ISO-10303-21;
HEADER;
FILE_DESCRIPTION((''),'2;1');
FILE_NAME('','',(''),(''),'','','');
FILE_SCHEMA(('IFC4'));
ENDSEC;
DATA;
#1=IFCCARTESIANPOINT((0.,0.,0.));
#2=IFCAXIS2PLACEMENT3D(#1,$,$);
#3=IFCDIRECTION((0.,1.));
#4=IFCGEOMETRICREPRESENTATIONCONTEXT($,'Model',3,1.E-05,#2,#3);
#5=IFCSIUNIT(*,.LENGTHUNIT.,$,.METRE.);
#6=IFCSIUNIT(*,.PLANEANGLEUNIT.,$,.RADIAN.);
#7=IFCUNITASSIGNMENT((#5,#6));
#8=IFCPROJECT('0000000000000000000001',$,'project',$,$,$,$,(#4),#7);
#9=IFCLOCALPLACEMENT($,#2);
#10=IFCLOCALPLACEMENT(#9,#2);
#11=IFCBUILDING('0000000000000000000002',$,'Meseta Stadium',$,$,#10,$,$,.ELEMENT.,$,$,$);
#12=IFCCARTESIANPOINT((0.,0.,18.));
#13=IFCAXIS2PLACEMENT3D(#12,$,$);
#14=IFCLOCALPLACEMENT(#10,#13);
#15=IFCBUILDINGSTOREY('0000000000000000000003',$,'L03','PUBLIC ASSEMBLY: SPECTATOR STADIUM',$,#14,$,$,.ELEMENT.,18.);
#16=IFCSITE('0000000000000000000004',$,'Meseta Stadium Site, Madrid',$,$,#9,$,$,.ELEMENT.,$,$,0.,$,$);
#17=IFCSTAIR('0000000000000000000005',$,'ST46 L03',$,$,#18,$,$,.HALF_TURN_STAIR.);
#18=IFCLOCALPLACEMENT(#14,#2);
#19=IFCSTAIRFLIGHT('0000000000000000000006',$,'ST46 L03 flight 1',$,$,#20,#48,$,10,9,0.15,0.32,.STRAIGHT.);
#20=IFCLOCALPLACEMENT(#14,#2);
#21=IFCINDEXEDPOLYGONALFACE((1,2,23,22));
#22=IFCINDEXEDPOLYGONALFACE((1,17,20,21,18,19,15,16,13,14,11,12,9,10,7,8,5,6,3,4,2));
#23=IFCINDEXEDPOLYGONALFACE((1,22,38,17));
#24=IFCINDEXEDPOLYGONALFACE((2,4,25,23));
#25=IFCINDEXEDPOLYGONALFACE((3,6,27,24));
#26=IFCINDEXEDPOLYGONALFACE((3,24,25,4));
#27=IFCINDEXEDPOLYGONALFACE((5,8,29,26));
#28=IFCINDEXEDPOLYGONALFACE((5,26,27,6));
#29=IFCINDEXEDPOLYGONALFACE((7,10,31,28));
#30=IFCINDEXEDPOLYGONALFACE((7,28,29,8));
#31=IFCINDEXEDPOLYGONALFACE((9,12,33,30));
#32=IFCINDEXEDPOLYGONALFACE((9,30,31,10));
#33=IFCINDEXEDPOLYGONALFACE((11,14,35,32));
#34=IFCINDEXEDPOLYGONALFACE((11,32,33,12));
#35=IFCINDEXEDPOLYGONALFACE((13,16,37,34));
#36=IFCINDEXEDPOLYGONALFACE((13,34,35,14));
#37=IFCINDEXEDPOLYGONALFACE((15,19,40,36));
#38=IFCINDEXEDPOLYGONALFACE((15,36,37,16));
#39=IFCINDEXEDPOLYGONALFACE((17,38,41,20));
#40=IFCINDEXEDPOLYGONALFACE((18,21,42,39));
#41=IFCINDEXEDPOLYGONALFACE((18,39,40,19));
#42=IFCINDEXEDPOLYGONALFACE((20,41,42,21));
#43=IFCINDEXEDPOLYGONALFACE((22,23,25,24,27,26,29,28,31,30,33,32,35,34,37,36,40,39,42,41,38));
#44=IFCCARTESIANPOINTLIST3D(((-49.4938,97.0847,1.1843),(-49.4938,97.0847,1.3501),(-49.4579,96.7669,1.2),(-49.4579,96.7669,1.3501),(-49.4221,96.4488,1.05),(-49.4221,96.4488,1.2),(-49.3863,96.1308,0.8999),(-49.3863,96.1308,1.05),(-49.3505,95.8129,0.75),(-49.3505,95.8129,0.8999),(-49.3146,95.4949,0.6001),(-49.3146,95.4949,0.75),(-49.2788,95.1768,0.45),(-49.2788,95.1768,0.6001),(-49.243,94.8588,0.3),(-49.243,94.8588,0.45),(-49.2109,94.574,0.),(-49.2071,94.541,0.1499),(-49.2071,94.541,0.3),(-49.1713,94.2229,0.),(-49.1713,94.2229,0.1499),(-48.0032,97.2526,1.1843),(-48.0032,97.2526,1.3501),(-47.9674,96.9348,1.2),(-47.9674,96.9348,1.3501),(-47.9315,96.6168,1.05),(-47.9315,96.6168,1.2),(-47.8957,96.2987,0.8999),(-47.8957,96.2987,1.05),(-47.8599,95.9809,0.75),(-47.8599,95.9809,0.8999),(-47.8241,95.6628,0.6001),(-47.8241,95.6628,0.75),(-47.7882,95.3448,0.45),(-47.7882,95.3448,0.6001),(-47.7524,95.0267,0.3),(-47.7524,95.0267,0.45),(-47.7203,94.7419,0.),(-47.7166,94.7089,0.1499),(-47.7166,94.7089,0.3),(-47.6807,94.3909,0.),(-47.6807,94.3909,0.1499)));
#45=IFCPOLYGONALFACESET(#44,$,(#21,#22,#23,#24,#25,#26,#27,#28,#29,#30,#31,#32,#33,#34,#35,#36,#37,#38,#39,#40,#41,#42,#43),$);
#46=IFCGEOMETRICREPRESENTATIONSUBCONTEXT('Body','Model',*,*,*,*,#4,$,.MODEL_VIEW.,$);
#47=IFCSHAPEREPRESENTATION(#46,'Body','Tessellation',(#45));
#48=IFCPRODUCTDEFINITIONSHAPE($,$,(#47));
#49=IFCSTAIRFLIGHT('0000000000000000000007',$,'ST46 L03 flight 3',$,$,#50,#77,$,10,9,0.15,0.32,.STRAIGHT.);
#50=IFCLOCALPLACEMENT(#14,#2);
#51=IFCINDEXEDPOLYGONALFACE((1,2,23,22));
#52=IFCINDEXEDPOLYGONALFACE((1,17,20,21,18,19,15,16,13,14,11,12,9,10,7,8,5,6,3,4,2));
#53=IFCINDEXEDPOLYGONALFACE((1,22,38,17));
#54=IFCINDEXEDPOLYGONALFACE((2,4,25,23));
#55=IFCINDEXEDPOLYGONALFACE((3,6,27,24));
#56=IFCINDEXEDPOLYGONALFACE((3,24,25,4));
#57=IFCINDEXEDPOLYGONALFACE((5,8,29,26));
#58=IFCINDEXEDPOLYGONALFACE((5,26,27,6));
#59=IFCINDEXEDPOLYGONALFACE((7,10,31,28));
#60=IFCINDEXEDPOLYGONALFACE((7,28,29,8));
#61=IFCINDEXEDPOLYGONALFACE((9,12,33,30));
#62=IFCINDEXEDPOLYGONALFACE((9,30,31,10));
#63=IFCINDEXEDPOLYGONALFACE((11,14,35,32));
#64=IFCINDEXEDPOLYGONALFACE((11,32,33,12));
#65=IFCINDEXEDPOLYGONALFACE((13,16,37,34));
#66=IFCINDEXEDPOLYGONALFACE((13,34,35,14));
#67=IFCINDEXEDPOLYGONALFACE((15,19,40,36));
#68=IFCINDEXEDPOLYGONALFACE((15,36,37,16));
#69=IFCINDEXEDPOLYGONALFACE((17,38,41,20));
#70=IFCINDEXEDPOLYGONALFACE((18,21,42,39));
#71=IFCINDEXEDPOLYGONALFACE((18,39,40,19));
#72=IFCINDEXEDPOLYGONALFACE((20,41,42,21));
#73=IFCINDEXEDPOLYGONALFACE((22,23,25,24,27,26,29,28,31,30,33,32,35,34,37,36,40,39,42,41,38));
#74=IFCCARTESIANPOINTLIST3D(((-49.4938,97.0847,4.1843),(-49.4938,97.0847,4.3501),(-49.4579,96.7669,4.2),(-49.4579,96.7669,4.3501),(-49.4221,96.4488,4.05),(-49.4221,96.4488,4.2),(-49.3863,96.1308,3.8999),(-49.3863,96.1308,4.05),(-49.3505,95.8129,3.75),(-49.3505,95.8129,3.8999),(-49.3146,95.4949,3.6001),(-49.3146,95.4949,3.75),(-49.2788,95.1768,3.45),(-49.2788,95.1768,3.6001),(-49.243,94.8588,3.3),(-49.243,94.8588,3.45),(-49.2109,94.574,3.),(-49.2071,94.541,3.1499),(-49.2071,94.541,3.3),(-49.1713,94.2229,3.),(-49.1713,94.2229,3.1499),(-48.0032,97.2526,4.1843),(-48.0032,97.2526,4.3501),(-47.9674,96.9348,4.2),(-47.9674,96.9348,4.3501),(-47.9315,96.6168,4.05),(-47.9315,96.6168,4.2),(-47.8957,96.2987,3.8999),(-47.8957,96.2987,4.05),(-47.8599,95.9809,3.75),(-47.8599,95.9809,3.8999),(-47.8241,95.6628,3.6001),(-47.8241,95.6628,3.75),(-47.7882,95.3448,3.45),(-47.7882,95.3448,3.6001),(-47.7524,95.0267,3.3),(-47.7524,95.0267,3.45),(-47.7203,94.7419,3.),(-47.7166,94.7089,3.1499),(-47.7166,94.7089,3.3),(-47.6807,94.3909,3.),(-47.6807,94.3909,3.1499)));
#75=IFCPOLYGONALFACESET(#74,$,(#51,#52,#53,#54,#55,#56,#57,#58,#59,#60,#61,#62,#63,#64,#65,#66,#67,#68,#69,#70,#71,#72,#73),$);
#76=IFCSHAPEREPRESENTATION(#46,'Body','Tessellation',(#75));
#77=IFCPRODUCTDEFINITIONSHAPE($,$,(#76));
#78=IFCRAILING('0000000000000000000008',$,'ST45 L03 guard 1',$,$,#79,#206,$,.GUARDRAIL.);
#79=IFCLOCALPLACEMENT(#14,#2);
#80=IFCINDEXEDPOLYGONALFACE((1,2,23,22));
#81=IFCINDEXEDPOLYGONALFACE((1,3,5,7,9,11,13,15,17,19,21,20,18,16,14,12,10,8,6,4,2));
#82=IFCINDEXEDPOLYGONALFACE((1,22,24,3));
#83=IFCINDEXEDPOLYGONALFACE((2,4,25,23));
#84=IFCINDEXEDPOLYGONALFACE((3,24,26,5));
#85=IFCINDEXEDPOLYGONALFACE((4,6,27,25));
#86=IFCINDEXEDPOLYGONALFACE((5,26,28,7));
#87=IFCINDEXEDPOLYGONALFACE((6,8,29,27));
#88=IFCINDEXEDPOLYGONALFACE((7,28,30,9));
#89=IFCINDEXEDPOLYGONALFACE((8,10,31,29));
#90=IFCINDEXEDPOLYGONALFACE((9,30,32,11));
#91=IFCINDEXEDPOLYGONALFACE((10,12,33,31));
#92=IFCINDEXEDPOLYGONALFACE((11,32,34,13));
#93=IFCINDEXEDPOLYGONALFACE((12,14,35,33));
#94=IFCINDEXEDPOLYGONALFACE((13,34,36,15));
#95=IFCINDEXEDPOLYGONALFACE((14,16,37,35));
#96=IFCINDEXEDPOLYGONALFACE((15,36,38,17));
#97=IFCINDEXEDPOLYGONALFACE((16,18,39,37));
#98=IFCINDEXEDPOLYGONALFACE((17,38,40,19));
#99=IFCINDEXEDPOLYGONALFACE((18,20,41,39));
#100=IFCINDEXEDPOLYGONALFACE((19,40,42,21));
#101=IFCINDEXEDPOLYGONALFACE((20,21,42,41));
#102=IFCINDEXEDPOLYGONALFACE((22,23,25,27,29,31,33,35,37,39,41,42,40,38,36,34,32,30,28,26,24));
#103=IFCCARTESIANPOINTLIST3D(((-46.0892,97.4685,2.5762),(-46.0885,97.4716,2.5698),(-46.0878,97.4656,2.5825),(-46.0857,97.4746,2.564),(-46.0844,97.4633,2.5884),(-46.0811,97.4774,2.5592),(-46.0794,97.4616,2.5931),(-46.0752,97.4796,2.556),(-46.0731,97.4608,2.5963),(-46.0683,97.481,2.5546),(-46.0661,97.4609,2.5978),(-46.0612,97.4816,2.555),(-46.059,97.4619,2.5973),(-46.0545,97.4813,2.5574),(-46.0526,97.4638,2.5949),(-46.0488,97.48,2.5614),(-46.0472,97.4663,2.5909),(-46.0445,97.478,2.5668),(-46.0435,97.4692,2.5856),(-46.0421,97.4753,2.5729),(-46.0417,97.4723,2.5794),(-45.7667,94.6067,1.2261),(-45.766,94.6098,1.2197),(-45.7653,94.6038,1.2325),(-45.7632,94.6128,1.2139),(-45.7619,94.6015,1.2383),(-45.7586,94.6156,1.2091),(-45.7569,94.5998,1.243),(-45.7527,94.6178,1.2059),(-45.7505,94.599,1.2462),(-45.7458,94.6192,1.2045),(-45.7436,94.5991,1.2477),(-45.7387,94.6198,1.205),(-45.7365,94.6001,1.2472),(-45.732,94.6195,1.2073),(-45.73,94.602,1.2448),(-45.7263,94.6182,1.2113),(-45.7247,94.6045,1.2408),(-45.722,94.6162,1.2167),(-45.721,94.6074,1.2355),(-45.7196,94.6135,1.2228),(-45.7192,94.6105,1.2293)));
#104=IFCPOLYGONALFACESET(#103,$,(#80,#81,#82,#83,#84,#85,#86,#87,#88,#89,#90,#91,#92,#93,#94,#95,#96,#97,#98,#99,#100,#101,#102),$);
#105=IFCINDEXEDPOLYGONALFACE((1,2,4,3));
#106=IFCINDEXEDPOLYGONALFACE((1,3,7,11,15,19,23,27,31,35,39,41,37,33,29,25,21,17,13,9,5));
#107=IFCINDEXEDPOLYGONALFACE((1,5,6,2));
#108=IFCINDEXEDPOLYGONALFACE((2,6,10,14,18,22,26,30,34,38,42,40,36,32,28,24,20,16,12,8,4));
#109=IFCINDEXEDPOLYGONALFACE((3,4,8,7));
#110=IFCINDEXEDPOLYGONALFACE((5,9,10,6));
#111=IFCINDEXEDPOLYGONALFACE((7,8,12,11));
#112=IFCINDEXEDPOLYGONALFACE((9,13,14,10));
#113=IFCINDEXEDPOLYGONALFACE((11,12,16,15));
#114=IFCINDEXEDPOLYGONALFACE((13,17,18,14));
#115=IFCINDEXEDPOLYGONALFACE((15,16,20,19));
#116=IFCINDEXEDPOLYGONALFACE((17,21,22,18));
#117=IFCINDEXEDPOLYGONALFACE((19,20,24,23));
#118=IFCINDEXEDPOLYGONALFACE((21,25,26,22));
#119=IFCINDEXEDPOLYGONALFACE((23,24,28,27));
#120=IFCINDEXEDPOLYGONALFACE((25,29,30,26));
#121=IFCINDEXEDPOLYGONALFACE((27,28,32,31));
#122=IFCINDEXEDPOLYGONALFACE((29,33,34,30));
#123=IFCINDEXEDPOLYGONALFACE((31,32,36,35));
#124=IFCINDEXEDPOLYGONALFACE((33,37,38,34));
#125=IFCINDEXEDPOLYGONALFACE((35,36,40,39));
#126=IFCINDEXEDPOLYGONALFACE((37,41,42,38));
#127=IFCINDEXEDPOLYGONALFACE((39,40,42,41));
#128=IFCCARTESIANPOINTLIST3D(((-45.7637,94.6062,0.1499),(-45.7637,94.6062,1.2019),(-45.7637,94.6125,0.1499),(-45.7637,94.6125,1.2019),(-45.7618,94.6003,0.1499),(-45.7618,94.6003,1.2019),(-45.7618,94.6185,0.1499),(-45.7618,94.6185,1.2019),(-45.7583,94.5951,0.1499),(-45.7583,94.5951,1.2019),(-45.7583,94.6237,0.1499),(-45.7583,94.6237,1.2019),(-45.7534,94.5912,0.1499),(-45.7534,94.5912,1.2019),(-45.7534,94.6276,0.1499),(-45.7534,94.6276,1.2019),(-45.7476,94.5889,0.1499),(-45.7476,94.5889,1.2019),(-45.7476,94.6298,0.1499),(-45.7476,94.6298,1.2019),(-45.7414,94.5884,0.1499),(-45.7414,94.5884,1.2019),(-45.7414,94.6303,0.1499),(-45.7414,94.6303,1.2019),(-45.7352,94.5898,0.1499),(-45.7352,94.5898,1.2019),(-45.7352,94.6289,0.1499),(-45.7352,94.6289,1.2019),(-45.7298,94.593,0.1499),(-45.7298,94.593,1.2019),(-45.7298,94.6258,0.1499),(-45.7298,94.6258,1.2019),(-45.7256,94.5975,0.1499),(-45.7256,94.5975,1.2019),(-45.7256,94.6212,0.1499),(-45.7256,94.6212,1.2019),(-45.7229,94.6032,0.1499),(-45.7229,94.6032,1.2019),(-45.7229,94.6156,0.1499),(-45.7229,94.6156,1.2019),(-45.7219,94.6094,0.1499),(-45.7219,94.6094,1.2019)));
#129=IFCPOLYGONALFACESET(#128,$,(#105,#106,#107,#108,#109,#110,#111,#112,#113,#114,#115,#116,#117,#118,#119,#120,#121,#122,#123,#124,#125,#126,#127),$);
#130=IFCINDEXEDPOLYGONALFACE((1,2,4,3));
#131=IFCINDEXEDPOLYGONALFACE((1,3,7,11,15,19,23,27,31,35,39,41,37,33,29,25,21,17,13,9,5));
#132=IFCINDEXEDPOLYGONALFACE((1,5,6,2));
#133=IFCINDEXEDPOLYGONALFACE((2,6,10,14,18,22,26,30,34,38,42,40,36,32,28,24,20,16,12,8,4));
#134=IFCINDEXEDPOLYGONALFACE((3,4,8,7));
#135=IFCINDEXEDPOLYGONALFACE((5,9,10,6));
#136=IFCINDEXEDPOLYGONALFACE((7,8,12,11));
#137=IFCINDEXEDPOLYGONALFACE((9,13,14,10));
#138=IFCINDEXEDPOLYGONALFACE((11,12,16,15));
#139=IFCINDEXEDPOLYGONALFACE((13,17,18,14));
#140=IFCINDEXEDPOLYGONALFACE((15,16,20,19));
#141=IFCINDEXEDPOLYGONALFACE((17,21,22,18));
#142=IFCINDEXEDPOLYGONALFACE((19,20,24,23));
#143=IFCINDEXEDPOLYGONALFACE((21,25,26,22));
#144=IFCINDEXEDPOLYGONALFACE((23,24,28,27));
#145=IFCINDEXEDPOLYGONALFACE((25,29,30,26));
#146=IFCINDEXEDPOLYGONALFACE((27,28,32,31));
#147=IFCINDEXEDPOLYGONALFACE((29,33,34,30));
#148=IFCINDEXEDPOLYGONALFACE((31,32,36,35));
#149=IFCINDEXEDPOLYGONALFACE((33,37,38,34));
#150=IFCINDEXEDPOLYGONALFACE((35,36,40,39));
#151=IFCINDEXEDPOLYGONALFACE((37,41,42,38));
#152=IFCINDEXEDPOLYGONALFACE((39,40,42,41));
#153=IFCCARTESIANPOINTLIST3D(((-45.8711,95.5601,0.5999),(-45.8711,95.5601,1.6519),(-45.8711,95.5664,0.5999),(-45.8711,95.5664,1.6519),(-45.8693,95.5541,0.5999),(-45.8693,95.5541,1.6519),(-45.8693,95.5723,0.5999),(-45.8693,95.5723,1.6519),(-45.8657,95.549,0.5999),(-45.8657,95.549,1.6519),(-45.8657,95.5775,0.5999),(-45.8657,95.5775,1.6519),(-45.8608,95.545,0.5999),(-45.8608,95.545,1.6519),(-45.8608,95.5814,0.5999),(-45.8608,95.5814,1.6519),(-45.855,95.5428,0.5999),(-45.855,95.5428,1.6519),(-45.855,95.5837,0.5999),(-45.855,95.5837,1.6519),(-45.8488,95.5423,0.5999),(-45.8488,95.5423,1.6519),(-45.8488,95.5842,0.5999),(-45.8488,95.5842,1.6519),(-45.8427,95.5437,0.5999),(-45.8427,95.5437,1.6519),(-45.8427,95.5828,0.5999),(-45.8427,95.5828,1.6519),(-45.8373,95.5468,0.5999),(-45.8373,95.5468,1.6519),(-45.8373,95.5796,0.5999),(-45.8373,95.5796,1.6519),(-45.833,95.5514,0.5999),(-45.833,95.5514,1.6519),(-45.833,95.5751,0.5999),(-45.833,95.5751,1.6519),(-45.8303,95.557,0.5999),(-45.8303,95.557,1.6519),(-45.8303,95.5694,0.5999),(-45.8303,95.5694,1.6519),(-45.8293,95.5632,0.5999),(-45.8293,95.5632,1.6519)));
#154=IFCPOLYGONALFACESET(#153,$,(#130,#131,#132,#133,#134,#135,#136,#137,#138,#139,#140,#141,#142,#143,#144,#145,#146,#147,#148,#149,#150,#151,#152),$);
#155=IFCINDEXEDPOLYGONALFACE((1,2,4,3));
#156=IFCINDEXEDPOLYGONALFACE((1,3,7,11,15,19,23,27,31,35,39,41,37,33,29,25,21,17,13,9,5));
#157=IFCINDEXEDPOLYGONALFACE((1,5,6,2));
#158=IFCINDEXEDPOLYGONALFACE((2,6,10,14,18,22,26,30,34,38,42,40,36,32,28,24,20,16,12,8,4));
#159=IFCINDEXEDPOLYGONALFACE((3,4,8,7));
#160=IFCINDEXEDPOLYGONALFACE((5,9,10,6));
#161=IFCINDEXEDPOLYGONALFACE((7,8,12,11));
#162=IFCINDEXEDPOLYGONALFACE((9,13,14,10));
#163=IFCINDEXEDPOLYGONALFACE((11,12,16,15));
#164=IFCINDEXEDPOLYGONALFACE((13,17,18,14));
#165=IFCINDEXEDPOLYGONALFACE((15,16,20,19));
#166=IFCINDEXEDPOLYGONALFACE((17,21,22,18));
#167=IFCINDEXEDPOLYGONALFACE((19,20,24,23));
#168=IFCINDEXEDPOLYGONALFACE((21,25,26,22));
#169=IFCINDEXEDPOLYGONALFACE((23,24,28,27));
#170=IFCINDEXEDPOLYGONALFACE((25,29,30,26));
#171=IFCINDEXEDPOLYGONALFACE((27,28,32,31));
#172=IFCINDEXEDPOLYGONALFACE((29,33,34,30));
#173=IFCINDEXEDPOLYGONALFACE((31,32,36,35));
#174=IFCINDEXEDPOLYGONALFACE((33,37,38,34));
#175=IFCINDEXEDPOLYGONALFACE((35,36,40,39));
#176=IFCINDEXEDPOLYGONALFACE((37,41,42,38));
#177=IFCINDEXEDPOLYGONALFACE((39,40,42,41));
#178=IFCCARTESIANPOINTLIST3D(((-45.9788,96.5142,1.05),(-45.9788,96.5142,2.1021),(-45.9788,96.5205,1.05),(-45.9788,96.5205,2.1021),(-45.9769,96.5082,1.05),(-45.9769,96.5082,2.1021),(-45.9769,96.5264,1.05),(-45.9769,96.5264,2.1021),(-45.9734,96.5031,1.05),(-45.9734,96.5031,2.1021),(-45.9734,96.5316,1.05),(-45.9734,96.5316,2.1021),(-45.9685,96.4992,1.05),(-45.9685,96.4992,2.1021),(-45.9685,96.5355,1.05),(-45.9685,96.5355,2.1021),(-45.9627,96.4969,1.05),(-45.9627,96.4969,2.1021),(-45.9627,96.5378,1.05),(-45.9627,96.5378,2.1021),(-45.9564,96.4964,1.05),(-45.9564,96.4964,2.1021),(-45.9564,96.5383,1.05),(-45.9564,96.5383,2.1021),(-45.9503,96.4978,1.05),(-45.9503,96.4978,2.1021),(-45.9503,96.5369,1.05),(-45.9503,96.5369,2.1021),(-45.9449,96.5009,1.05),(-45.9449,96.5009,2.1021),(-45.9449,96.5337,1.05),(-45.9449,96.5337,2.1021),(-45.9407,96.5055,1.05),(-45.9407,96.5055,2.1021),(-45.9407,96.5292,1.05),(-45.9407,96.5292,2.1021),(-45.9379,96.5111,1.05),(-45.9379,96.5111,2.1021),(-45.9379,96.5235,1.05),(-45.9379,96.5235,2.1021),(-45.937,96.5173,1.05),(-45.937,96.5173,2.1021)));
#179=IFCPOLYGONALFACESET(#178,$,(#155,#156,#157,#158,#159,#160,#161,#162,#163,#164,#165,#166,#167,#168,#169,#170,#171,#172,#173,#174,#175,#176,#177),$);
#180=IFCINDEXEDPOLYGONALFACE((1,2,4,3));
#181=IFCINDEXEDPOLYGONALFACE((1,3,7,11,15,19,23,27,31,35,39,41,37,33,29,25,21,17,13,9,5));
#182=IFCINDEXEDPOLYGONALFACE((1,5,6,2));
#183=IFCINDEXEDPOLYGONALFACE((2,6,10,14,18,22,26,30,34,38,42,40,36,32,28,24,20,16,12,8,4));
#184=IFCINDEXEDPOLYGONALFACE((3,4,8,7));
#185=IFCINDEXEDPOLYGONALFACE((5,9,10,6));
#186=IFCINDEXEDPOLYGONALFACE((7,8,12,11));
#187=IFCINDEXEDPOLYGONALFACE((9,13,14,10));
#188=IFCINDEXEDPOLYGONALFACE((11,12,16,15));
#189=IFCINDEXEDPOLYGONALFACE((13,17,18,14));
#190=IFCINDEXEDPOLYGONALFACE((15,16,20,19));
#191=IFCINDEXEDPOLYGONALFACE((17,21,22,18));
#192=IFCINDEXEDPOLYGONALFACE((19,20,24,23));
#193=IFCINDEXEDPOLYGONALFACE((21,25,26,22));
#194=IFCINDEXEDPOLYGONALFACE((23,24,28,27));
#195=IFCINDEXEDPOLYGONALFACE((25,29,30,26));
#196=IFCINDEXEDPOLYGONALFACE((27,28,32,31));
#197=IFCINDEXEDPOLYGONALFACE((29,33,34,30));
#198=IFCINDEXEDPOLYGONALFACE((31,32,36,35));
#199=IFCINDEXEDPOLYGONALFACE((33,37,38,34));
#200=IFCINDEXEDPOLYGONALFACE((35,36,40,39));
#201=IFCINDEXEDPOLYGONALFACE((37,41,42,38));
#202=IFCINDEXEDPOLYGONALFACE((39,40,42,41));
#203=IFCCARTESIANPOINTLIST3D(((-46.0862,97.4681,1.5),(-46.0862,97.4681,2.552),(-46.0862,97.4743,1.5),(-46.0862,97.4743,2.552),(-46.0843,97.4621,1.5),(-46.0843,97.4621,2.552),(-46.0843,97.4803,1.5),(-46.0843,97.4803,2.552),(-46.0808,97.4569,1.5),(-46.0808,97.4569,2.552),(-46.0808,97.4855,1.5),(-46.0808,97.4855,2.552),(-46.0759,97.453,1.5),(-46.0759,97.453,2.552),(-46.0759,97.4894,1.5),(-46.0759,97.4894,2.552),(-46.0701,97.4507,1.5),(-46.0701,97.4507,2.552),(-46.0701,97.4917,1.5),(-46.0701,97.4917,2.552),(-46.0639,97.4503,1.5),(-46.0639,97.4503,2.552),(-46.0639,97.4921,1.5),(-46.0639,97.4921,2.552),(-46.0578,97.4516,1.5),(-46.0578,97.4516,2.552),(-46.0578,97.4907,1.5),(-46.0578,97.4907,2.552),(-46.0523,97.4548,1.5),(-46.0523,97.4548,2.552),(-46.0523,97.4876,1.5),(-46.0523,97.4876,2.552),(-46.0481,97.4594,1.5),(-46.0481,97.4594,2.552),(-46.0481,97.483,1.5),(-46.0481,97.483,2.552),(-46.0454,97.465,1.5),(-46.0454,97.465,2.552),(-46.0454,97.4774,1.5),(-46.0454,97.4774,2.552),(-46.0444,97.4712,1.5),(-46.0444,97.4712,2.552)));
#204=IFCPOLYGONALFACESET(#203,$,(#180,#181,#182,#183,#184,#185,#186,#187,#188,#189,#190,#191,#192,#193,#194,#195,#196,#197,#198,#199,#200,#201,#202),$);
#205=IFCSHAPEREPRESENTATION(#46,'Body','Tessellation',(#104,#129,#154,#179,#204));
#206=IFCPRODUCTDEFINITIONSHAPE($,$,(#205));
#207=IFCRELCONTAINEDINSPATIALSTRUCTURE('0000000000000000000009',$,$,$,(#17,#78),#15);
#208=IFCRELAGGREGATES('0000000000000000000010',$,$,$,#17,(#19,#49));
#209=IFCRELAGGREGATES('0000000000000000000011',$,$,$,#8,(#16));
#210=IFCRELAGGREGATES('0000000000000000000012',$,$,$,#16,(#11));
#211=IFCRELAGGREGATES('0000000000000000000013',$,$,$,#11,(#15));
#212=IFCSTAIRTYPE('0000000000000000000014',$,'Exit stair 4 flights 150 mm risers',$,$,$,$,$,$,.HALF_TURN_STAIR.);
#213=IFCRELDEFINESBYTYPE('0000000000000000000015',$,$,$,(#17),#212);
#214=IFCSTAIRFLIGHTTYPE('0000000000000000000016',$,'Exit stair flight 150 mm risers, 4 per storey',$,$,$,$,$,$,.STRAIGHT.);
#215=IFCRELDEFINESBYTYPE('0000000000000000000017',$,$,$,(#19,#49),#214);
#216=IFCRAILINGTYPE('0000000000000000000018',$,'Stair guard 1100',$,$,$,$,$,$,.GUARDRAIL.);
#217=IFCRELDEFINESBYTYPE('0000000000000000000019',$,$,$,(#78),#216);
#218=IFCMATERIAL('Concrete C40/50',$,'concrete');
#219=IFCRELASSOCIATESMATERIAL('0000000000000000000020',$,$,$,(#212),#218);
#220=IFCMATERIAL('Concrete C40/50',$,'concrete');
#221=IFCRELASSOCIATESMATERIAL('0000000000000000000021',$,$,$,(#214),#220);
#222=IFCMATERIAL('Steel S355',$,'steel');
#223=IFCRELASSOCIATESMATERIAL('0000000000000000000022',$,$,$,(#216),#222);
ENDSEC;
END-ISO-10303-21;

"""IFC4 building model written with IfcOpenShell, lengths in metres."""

from ifc_helpers import new_model, si_unit, direction, frame, origin, origin_2d, place, context, subcontext, project, spatial, polyline, circle, outline, extrude, material, type_object, element, aggregate, save


model = new_model("IFC4")

# Units and contexts
model_context = context("Model", 3, precision=1e-05, world=origin(), true_north=direction((0.0, 1.0)))
body_context = subcontext(model_context, "Body", "Model", "MODEL_VIEW")
ifc_project = project(units=[si_unit("LENGTHUNIT", "METRE"), si_unit("PLANEANGLEUNIT", "RADIAN")], contexts=[model_context])

# Site, building, storey
site_placement = place(None, origin())
site = spatial("IfcSite", under=ifc_project, at=site_placement, Name="Meseta Stadium Site, Madrid", CompositionType="ELEMENT", RefElevation=0.0)
building_placement = place(site_placement, origin())
building = spatial("IfcBuilding", under=site, at=building_placement, Name="Meseta Stadium", CompositionType="ELEMENT")
storey_placement = place(building_placement, frame((0.0, 0.0, 18.0)))
storey = spatial("IfcBuildingStorey", under=building, at=storey_placement, Name="L03", Description="PUBLIC ASSEMBLY: SPECTATOR STADIUM", CompositionType="ELEMENT", Elevation=18.0)

# Stair, stair flights
ifc_material_1 = material(Name="Concrete C40/50", Category="concrete")
stair_type = type_object("IfcStairType", Name="Exit stair 4 flights 150 mm risers", PredefinedType="HALF_TURN_STAIR", material=ifc_material_1)
ifc_material_2 = material(Name="Concrete C40/50", Category="concrete")
stair_flight_type = type_object("IfcStairFlightType", Name="Exit stair flight 150 mm risers, 4 per storey", PredefinedType="STRAIGHT", material=ifc_material_2)
stair_1_placement = place(storey_placement, origin())
stair_1 = element("IfcStair", 1, at=stair_1_placement, inside=storey, type_object=stair_type, Name="ST46 L03", PredefinedType="HALF_TURN_STAIR")
stair_flight_1_placement = place(storey_placement, frame((-48.426, 94.3069, 0.0), z_axis=(0.0, 0.0, 1.0), x_axis=(-0.111964, 0.993712, 0.0)))
stair_flight_1 = element("IfcStairFlight", 2, at=stair_flight_1_placement, type_object=stair_flight_type, Name="ST46 L03 flight 1", NumberOfRisers=10, NumberOfTreads=9, PredefinedType="STRAIGHT", RiserHeight=0.15, TreadLength=0.32, context=body_context, shape_type="SweptSolid", body=[
    extrude(outline(polyline([(0.0, 0.0), (0.0, 0.1499), (0.3201, 0.1499), (0.3201, 0.3), (0.6399, 0.3), (0.6399, 0.45), (0.96, 0.45), (0.96, 0.6001), (1.28, 0.6001), (1.28, 0.75), (1.6001, 0.75), (1.6001, 0.8999), (1.9199, 0.8999), (1.9199, 1.05), (2.24, 1.05), (2.24, 1.2), (2.5601, 1.2), (2.5601, 1.3501), (2.8799, 1.3501), (2.8799, 1.1843), (0.3533, 0.0), (0.0, 0.0)])), frame((0.0, 0.75, 0.0), z_axis=(0.0, -1.0, 0.0), x_axis=(1.0, 0.0, 0.0)), (0.0, 0.0, 1.0), 1.5),
])
stair_flight_2_placement = place(storey_placement, frame((-48.426, 94.3069, 3.0), z_axis=(0.0, 0.0, 1.0), x_axis=(-0.111964, 0.993712, 0.0)))
stair_flight_2 = element("IfcStairFlight", 3, at=stair_flight_2_placement, type_object=stair_flight_type, Name="ST46 L03 flight 3", NumberOfRisers=10, NumberOfTreads=9, PredefinedType="STRAIGHT", RiserHeight=0.15, TreadLength=0.32, context=body_context, shape_type="SweptSolid", body=[
    extrude(outline(polyline([(0.0, 0.0), (0.0, 0.1499), (0.3201, 0.1499), (0.3201, 0.3), (0.6399, 0.3), (0.6399, 0.45), (0.96, 0.45), (0.96, 0.6001), (1.28, 0.6001), (1.28, 0.75), (1.6001, 0.75), (1.6001, 0.8999), (1.9199, 0.8999), (1.9199, 1.05), (2.24, 1.05), (2.24, 1.2), (2.5601, 1.2), (2.5601, 1.3501), (2.8799, 1.3501), (2.8799, 1.1843), (0.3533, 0.0), (0.0, 0.0)])), frame((0.0, 0.75, 0.0), z_axis=(0.0, -1.0, 0.0), x_axis=(1.0, 0.0, 0.0)), (0.0, 0.0, 1.0), 1.5),
])
aggregate(stair_1, [stair_flight_1, stair_flight_2])

# Railing
ifc_material_3 = material(Name="Steel S355", Category="steel")
railing_type_1 = type_object("IfcRailingType", Name="Stair guard 1100", PredefinedType="GUARDRAIL", material=ifc_material_3)
railing_1_placement = place(storey_placement, frame((-45.7429, 94.6094, 0.1499)))
element("IfcRailing", 4, at=railing_1_placement, inside=storey, type_object=railing_type_1, Name="ST45 L03 guard 1", PredefinedType="GUARDRAIL", context=body_context, shape_type="SweptSolid", body=[
    extrude(circle(Radius=0.0239, at=origin_2d()), frame((0.0, 0.0, 1.0762), z_axis=(-0.101396, 0.899748, 0.424467), x_axis=(-0.99371, -0.111985, 0.0)), (0.0, 0.0, 1.0), 3.1807),
    extrude(circle(Radius=0.021, at=origin_2d()), origin(), (0.0, 0.0, 1.0), 1.052),
    extrude(circle(Radius=0.021, at=origin_2d()), frame((-0.1074, 0.9539, 0.45)), (0.0, 0.0, 1.0), 1.052),
    extrude(circle(Radius=0.021, at=origin_2d()), frame((-0.2151, 1.908, 0.9001)), (0.0, 0.0, 1.0), 1.052),
    extrude(circle(Radius=0.021, at=origin_2d()), frame((-0.3225, 2.8618, 1.3501)), (0.0, 0.0, 1.0), 1.052),
])

save(model, "model.ifc")
